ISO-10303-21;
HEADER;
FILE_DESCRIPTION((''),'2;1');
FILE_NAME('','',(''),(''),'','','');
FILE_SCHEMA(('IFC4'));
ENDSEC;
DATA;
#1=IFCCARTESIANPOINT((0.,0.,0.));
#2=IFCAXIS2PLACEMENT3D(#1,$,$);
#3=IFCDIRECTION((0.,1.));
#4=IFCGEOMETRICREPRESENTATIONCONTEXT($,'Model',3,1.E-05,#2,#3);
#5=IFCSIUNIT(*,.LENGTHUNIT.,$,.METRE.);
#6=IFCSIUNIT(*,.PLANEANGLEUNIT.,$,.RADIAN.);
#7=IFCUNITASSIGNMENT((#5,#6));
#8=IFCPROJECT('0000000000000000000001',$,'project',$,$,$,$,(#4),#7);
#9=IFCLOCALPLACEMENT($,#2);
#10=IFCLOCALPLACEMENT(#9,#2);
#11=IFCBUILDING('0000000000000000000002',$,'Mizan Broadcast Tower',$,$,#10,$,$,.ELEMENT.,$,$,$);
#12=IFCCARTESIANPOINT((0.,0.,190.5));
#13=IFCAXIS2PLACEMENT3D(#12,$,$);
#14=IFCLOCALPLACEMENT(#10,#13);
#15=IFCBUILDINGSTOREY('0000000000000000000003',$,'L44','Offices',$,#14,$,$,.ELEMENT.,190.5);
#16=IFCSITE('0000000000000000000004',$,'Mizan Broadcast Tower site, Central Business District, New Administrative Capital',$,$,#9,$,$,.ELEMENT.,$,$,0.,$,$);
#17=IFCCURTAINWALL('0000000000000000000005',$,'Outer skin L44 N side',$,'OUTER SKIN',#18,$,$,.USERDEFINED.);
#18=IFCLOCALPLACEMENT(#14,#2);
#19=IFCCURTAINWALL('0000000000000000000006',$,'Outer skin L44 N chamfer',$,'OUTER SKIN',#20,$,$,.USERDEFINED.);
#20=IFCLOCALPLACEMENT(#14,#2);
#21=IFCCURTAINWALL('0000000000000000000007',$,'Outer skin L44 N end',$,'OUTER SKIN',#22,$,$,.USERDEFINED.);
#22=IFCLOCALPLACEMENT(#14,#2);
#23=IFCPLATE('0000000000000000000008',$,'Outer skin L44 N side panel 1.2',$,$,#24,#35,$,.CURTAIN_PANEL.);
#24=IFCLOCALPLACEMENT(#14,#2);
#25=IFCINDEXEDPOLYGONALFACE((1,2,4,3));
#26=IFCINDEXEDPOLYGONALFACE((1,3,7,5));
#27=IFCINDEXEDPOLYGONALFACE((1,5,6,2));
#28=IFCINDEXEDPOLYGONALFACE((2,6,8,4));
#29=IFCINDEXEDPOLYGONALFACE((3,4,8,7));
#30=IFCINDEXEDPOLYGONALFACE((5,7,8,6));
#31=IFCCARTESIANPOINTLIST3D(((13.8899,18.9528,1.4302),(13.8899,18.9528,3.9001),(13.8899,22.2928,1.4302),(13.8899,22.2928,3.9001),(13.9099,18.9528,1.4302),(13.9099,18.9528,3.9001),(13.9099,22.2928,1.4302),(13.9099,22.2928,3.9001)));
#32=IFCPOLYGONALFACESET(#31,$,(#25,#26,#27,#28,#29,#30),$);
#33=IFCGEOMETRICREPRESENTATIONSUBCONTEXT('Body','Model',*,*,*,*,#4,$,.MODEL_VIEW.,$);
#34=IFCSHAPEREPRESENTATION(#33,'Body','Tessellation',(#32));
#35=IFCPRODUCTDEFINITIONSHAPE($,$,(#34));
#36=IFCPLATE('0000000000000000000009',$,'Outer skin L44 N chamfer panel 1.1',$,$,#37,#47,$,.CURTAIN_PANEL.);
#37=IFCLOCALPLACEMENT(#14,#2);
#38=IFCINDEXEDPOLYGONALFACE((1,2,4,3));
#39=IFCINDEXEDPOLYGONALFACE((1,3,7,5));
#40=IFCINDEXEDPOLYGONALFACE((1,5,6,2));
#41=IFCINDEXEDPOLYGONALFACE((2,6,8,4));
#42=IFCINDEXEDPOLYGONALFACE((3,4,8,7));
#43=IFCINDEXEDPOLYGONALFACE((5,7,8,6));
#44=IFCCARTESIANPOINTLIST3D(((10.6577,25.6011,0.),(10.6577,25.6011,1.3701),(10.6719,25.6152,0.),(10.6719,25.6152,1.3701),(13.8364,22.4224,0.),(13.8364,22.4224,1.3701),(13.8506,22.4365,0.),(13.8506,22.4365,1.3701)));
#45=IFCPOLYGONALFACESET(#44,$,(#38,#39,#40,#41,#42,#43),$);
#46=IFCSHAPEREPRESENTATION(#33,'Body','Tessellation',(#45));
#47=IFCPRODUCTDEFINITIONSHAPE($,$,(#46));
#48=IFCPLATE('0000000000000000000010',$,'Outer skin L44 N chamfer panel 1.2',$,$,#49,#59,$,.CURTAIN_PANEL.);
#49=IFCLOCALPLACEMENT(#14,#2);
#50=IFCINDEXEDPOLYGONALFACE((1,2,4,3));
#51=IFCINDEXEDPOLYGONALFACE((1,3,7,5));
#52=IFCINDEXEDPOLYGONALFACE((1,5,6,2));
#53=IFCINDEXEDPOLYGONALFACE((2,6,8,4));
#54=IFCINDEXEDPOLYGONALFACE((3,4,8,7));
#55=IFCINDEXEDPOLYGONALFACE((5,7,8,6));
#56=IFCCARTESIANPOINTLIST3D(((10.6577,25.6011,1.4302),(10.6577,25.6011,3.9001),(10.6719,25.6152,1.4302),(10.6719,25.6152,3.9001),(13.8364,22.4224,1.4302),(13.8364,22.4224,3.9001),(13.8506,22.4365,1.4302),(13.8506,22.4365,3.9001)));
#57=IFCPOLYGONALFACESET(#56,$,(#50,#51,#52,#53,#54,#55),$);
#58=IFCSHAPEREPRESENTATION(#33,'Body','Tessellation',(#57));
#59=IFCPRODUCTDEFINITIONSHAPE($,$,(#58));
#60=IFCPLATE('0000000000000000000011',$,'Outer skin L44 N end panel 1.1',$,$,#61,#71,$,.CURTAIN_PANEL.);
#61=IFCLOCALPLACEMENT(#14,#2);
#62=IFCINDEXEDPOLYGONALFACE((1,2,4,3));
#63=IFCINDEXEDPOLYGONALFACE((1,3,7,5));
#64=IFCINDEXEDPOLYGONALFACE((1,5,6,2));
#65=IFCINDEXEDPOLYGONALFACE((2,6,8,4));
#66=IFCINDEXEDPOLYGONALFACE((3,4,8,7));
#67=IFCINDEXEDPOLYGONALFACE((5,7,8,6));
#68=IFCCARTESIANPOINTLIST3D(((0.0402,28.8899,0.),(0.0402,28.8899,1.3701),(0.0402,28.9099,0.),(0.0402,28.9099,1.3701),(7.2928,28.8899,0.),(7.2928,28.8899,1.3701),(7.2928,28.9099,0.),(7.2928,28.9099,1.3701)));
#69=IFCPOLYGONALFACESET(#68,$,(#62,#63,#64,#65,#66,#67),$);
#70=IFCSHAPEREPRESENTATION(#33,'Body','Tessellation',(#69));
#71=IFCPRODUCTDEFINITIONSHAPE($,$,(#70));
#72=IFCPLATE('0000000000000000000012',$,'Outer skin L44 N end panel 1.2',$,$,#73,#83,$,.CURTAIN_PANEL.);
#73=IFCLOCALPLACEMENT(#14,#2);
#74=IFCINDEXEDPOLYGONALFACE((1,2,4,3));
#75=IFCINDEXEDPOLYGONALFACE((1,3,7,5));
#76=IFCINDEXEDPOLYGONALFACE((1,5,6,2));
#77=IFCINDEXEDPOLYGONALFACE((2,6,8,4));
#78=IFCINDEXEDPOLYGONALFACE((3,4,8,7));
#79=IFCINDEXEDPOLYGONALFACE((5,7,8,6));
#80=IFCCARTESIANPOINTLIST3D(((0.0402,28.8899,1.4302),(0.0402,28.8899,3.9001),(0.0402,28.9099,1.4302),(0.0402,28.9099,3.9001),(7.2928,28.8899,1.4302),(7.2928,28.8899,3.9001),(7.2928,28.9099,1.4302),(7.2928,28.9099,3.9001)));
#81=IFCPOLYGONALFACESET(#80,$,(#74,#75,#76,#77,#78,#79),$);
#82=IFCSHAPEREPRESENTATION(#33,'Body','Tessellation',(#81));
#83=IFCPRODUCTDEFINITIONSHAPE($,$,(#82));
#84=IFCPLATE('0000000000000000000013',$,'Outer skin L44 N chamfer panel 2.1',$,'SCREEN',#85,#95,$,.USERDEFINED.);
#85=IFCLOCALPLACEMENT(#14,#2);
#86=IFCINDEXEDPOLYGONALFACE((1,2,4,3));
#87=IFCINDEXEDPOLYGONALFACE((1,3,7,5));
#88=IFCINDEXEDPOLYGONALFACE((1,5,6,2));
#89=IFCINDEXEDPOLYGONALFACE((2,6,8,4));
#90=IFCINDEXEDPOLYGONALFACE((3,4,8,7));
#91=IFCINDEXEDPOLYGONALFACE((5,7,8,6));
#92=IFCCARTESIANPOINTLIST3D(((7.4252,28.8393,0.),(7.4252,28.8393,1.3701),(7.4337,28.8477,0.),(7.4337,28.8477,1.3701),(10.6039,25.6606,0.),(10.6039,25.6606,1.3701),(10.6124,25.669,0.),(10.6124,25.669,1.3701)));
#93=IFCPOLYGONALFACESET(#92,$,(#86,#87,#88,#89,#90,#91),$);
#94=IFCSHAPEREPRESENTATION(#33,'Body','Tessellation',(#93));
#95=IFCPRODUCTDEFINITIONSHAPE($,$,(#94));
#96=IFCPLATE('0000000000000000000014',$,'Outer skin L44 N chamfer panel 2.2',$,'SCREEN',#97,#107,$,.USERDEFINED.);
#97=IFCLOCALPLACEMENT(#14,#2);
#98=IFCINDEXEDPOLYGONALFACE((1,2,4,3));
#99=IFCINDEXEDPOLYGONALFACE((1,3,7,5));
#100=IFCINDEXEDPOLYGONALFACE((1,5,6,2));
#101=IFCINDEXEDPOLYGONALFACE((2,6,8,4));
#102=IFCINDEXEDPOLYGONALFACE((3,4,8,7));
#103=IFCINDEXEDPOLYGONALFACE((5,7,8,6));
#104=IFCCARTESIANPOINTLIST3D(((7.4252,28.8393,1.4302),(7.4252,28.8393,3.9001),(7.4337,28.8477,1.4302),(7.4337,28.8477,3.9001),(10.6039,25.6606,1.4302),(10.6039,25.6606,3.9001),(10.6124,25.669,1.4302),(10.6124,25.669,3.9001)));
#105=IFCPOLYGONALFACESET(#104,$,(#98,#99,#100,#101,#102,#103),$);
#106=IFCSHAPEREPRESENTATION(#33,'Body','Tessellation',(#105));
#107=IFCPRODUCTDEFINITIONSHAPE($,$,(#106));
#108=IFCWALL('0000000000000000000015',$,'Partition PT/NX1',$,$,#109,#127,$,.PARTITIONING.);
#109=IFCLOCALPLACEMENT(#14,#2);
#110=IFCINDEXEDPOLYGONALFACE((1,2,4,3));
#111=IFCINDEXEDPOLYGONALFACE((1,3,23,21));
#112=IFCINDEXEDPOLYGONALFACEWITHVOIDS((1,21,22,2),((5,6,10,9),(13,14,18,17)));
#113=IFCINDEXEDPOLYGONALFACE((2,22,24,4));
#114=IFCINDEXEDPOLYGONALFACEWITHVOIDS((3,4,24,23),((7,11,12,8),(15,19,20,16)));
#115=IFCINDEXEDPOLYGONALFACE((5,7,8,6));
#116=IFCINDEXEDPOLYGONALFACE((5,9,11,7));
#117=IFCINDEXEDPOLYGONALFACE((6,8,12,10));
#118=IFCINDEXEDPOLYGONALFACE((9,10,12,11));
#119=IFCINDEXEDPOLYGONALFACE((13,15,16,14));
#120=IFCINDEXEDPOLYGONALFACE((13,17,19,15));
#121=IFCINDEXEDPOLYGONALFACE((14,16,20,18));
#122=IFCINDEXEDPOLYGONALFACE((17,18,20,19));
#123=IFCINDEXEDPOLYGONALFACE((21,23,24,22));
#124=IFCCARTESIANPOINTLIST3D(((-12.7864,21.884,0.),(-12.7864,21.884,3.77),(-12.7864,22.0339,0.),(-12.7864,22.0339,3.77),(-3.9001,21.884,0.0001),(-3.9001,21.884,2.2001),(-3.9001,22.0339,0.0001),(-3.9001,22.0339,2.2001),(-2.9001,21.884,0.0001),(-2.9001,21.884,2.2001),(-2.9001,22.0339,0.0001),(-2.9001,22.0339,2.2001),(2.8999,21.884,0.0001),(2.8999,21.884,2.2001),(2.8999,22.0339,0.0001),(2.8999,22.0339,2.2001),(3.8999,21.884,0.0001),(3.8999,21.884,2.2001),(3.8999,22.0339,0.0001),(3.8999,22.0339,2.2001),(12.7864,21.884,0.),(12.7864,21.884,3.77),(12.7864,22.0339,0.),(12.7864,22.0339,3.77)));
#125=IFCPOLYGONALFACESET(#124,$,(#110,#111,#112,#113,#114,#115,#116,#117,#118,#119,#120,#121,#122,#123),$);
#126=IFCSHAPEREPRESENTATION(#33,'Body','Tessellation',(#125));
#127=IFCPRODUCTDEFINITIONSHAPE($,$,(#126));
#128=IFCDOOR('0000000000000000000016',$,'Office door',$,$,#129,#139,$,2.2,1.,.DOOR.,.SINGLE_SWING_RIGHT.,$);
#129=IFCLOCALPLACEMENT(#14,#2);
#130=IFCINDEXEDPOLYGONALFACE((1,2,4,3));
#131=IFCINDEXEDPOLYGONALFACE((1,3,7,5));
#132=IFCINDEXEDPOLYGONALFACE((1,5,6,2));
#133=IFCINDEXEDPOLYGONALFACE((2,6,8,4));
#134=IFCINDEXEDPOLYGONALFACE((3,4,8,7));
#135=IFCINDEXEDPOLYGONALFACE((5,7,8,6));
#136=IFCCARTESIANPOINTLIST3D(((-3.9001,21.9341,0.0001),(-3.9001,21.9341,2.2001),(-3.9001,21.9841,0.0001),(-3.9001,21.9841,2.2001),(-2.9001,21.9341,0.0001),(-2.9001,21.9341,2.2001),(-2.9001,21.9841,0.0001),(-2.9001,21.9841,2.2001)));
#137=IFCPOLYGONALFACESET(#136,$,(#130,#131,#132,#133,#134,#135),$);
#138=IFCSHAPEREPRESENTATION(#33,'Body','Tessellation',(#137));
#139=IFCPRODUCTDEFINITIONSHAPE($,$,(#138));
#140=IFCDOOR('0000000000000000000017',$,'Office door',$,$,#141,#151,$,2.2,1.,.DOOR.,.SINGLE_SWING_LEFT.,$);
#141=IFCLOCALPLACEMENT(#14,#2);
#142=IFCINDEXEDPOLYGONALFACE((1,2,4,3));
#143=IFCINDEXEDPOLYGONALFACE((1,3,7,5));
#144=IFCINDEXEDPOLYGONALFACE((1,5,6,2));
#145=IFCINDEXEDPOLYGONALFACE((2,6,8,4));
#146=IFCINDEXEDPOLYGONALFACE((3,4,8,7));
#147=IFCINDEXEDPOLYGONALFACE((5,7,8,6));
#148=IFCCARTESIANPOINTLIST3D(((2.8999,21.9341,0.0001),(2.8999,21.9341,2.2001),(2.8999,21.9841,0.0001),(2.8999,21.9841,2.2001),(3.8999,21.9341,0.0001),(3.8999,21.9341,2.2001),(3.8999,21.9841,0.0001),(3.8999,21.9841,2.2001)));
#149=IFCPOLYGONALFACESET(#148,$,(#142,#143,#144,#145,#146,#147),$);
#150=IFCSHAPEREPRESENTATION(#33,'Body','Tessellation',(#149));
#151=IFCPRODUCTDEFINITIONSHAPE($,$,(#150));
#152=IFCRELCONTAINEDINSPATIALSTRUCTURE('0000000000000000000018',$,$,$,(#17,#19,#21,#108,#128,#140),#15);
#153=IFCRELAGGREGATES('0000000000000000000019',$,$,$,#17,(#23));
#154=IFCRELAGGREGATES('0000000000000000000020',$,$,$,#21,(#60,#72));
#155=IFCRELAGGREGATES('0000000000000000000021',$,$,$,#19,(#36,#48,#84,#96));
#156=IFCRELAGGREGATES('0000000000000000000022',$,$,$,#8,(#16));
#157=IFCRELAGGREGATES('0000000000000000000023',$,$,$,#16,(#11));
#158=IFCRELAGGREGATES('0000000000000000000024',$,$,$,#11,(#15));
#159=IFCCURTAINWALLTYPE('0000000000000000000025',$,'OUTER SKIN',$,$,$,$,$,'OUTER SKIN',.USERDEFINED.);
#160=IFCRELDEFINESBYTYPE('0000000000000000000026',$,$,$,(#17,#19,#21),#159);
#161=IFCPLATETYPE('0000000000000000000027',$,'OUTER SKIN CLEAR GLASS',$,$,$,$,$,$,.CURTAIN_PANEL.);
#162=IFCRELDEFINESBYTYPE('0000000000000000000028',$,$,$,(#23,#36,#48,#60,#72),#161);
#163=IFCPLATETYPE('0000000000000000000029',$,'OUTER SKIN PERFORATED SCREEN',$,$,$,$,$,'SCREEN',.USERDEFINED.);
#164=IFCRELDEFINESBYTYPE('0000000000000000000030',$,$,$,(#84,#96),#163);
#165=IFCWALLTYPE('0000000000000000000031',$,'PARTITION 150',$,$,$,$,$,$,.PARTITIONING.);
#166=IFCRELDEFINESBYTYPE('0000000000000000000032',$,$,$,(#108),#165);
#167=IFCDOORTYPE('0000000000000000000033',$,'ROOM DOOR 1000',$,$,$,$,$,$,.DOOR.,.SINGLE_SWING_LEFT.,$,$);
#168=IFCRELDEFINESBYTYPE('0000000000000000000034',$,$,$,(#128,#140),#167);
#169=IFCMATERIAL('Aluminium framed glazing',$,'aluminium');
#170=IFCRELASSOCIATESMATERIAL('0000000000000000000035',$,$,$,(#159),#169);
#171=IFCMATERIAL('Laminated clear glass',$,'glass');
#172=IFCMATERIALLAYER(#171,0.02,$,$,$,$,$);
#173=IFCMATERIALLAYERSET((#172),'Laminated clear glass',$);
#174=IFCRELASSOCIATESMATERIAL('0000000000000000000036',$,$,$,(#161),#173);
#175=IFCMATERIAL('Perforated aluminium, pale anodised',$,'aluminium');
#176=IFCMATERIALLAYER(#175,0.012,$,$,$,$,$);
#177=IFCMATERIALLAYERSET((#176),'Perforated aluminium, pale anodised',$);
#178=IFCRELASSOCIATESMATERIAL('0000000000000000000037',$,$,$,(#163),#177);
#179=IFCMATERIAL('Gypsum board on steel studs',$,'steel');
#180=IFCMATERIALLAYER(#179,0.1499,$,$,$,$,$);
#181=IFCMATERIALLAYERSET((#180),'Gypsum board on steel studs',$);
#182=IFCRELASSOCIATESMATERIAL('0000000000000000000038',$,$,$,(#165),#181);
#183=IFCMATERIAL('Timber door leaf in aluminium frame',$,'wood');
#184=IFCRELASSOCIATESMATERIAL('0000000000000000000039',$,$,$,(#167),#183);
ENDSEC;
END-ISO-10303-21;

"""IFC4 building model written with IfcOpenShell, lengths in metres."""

from ifc_helpers import new_model, si_unit, direction, frame, frame_2d, origin, origin_2d, place, context, subcontext, project, spatial, rectangle, extrude, material, layer, layer_set, type_object, element, fill, aggregate, save


model = new_model("IFC4")

# Units and contexts
model_context = context("Model", 3, precision=1e-05, world=origin(), true_north=direction((0.0, 1.0)))
body_context = subcontext(model_context, "Body", "Model", "MODEL_VIEW")
ifc_project = project(units=[si_unit("LENGTHUNIT", "METRE"), si_unit("PLANEANGLEUNIT", "RADIAN")], contexts=[model_context])

# Site, building, storey
site_placement = place(None, origin())
site = spatial("IfcSite", under=ifc_project, at=site_placement, Name="Mizan Broadcast Tower site, Central Business District, New Administrative Capital", CompositionType="ELEMENT", RefElevation=0.0)
building_placement = place(site_placement, origin())
building = spatial("IfcBuilding", under=site, at=building_placement, Name="Mizan Broadcast Tower", CompositionType="ELEMENT")
storey_placement = place(building_placement, frame((0.0, 0.0, 190.5)))
storey = spatial("IfcBuildingStorey", under=building, at=storey_placement, Name="L44", Description="Offices", CompositionType="ELEMENT", Elevation=190.5)

# Curtain wall
ifc_material_1 = material(Name="Aluminium framed glazing", Category="aluminium")
curtain_wall_type_1 = type_object("IfcCurtainWallType", Name="OUTER SKIN", ElementType="OUTER SKIN", PredefinedType="USERDEFINED", material=ifc_material_1)
curtain_wall_1_placement = place(storey_placement, origin())
curtain_wall_1 = element("IfcCurtainWall", 1, at=curtain_wall_1_placement, inside=storey, type_object=curtain_wall_type_1, Name="Outer skin L44 N side", ObjectType="OUTER SKIN", PredefinedType="USERDEFINED")

# Curtain wall
curtain_wall_2_placement = place(storey_placement, origin())
curtain_wall_2 = element("IfcCurtainWall", 2, at=curtain_wall_2_placement, inside=storey, type_object=curtain_wall_type_1, Name="Outer skin L44 N chamfer", ObjectType="OUTER SKIN", PredefinedType="USERDEFINED")

# Curtain wall
curtain_wall_3_placement = place(storey_placement, origin())
curtain_wall_3 = element("IfcCurtainWall", 3, at=curtain_wall_3_placement, inside=storey, type_object=curtain_wall_type_1, Name="Outer skin L44 N end", ObjectType="OUTER SKIN", PredefinedType="USERDEFINED")

# Plates
ifc_material_2 = material(Name="Laminated clear glass", Category="glass")
ifc_layer_1 = layer(ifc_material_2, 0.02)
ifc_layer_set_1 = layer_set([ifc_layer_1], Name="Laminated clear glass")
plate_type_1 = type_object("IfcPlateType", Name="OUTER SKIN CLEAR GLASS", PredefinedType="CURTAIN_PANEL", material=ifc_layer_set_1)
plate_1_placement = place(storey_placement, frame((13.8999, 20.6228, 1.4302), z_axis=(0.0, 0.0, 1.0), x_axis=(0.0, 1.0, 0.0)))
plate_1 = element("IfcPlate", 4, at=plate_1_placement, type_object=plate_type_1, Name="Outer skin L44 N side panel 1.2", PredefinedType="CURTAIN_PANEL", context=body_context, shape_type="SweptSolid", body=[
    extrude(rectangle(XDim=3.3401, YDim=0.02, at=origin_2d()), origin(), (0.0, 0.0, 1.0), 2.47),
])
aggregate(curtain_wall_1, [plate_1])
plate_2_placement = place(storey_placement, frame((12.2542, 24.0188, 0.0), z_axis=(0.0, 0.0, 1.0), x_axis=(-0.707107, 0.707107, 0.0)))
plate_2 = element("IfcPlate", 5, at=plate_2_placement, type_object=plate_type_1, Name="Outer skin L44 N chamfer panel 1.1", PredefinedType="CURTAIN_PANEL", context=body_context, shape_type="SweptSolid", body=[
    extrude(rectangle(XDim=4.4954, YDim=0.02, at=origin_2d()), origin(), (0.0, 0.0, 1.0), 1.3701),
])
plate_3_placement = place(storey_placement, frame((12.2542, 24.0188, 1.4302), z_axis=(0.0, 0.0, 1.0), x_axis=(-0.707107, 0.707107, 0.0)))
plate_3 = element("IfcPlate", 6, at=plate_3_placement, type_object=plate_type_1, Name="Outer skin L44 N chamfer panel 1.2", PredefinedType="CURTAIN_PANEL", context=body_context, shape_type="SweptSolid", body=[
    extrude(rectangle(XDim=4.4954, YDim=0.02, at=origin_2d()), origin(), (0.0, 0.0, 1.0), 2.47),
])
plate_4_placement = place(storey_placement, frame((3.6665, 28.8999, 0.0), z_axis=(0.0, 0.0, 1.0), x_axis=(-1.0, 0.0, 0.0)))
plate_4 = element("IfcPlate", 7, at=plate_4_placement, type_object=plate_type_1, Name="Outer skin L44 N end panel 1.1", PredefinedType="CURTAIN_PANEL", context=body_context, shape_type="SweptSolid", body=[
    extrude(rectangle(XDim=7.2527, YDim=0.02, at=origin_2d()), origin(), (0.0, 0.0, 1.0), 1.3701),
])
plate_5_placement = place(storey_placement, frame((3.6665, 28.8999, 1.4302), z_axis=(0.0, 0.0, 1.0), x_axis=(-1.0, 0.0, 0.0)))
plate_5 = element("IfcPlate", 8, at=plate_5_placement, type_object=plate_type_1, Name="Outer skin L44 N end panel 1.2", PredefinedType="CURTAIN_PANEL", context=body_context, shape_type="SweptSolid", body=[
    extrude(rectangle(XDim=7.2527, YDim=0.02, at=origin_2d()), origin(), (0.0, 0.0, 1.0), 2.47),
])
aggregate(curtain_wall_3, [plate_4, plate_5])
ifc_material_3 = material(Name="Perforated aluminium, pale anodised", Category="aluminium")
ifc_layer_2 = layer(ifc_material_3, 0.012)
ifc_layer_set_2 = layer_set([ifc_layer_2], Name="Perforated aluminium, pale anodised")
plate_type_2 = type_object("IfcPlateType", Name="OUTER SKIN PERFORATED SCREEN", ElementType="SCREEN", PredefinedType="USERDEFINED", material=ifc_layer_set_2)
plate_6_placement = place(storey_placement, frame((9.0188, 27.2542, 0.0), z_axis=(0.0, 0.0, 1.0), x_axis=(-0.707107, 0.707107, 0.0)))
plate_6 = element("IfcPlate", 9, at=plate_6_placement, type_object=plate_type_2, Name="Outer skin L44 N chamfer panel 2.1", ObjectType="SCREEN", PredefinedType="USERDEFINED", context=body_context, shape_type="SweptSolid", body=[
    extrude(rectangle(XDim=4.4954, YDim=0.012, at=origin_2d()), origin(), (0.0, 0.0, 1.0), 1.3701),
])
plate_7_placement = place(storey_placement, frame((9.0188, 27.2542, 1.4302), z_axis=(0.0, 0.0, 1.0), x_axis=(-0.707107, 0.707107, 0.0)))
plate_7 = element("IfcPlate", 10, at=plate_7_placement, type_object=plate_type_2, Name="Outer skin L44 N chamfer panel 2.2", ObjectType="SCREEN", PredefinedType="USERDEFINED", context=body_context, shape_type="SweptSolid", body=[
    extrude(rectangle(XDim=4.4954, YDim=0.012, at=origin_2d()), origin(), (0.0, 0.0, 1.0), 2.47),
])
aggregate(curtain_wall_2, [plate_2, plate_3, plate_6, plate_7])

# Wall, openings, doors
ifc_material_4 = material(Name="Gypsum board on steel studs", Category="steel")
ifc_layer_3 = layer(ifc_material_4, 0.1499)
ifc_layer_set_3 = layer_set([ifc_layer_3], Name="Gypsum board on steel studs")
wall_type = type_object("IfcWallType", Name="PARTITION 150", PredefinedType="PARTITIONING", material=ifc_layer_set_3)
wall_placement = place(storey_placement, frame((12.7864, 21.959, 0.0), z_axis=(0.0, 0.0, 1.0), x_axis=(-1.0, 0.0, 0.0)))
wall = element("IfcWall", 11, at=wall_placement, inside=storey, type_object=wall_type, Name="Partition PT/NX1", PredefinedType="PARTITIONING", context=body_context, shape_type="SweptSolid", body=[
    extrude(rectangle(XDim=25.5728, YDim=0.1499, at=frame_2d((12.7864, 0.0))), origin(), (0.0, 0.0, 1.0), 3.77),
])
opening_1_placement = place(wall_placement, frame((15.6865, 0.0, 0.0)))
opening_1 = element("IfcOpeningElement", 12, at=opening_1_placement, cuts=wall, PredefinedType="OPENING", context=body_context, shape_type="SweptSolid", body=[
    extrude(rectangle(XDim=1.0, YDim=2.2, at=frame_2d((0.5, 1.1001))), frame((0.0, 0.085, 0.0), z_axis=(0.0, -1.0, 0.0), x_axis=(1.0, 0.0, 0.0)), (0.0, 0.0, 1.0), 0.1699),
])
opening_2_placement = place(wall_placement, frame((8.8865, 0.0, 0.0)))
opening_2 = element("IfcOpeningElement", 13, at=opening_2_placement, cuts=wall, PredefinedType="OPENING", context=body_context, shape_type="SweptSolid", body=[
    extrude(rectangle(XDim=1.0, YDim=2.2, at=frame_2d((0.5, 1.1001))), frame((0.0, 0.085, 0.0), z_axis=(0.0, -1.0, 0.0), x_axis=(1.0, 0.0, 0.0)), (0.0, 0.0, 1.0), 0.1699),
])
ifc_material_5 = material(Name="Timber door leaf in aluminium frame", Category="wood")
door_type = type_object("IfcDoorType", Name="ROOM DOOR 1000", OperationType="SINGLE_SWING_LEFT", PredefinedType="DOOR", material=ifc_material_5)
door_1_placement = place(opening_1_placement, origin())
door_1 = element("IfcDoor", 14, at=door_1_placement, inside=storey, type_object=door_type, Name="Office door", OperationType="SINGLE_SWING_RIGHT", OverallHeight=2.2, OverallWidth=1.0, PredefinedType="DOOR", context=body_context, shape_type="SweptSolid", body=[
    extrude(rectangle(XDim=1.0, YDim=2.2, at=frame_2d((0.5, 1.1001))), frame((0.0, 0.0249, 0.0), z_axis=(0.0, -1.0, 0.0), x_axis=(1.0, 0.0, 0.0)), (0.0, 0.0, 1.0), 0.05),
])
fill(opening_1, door_1)
door_2_placement = place(opening_2_placement, origin())
door_2 = element("IfcDoor", 15, at=door_2_placement, inside=storey, type_object=door_type, Name="Office door", OperationType="SINGLE_SWING_LEFT", OverallHeight=2.2, OverallWidth=1.0, PredefinedType="DOOR", context=body_context, shape_type="SweptSolid", body=[
    extrude(rectangle(XDim=1.0, YDim=2.2, at=frame_2d((0.5, 1.1001))), frame((0.0, 0.0249, 0.0), z_axis=(0.0, -1.0, 0.0), x_axis=(1.0, 0.0, 0.0)), (0.0, 0.0, 1.0), 0.05),
])
fill(opening_2, door_2)

save(model, "model.ifc")
